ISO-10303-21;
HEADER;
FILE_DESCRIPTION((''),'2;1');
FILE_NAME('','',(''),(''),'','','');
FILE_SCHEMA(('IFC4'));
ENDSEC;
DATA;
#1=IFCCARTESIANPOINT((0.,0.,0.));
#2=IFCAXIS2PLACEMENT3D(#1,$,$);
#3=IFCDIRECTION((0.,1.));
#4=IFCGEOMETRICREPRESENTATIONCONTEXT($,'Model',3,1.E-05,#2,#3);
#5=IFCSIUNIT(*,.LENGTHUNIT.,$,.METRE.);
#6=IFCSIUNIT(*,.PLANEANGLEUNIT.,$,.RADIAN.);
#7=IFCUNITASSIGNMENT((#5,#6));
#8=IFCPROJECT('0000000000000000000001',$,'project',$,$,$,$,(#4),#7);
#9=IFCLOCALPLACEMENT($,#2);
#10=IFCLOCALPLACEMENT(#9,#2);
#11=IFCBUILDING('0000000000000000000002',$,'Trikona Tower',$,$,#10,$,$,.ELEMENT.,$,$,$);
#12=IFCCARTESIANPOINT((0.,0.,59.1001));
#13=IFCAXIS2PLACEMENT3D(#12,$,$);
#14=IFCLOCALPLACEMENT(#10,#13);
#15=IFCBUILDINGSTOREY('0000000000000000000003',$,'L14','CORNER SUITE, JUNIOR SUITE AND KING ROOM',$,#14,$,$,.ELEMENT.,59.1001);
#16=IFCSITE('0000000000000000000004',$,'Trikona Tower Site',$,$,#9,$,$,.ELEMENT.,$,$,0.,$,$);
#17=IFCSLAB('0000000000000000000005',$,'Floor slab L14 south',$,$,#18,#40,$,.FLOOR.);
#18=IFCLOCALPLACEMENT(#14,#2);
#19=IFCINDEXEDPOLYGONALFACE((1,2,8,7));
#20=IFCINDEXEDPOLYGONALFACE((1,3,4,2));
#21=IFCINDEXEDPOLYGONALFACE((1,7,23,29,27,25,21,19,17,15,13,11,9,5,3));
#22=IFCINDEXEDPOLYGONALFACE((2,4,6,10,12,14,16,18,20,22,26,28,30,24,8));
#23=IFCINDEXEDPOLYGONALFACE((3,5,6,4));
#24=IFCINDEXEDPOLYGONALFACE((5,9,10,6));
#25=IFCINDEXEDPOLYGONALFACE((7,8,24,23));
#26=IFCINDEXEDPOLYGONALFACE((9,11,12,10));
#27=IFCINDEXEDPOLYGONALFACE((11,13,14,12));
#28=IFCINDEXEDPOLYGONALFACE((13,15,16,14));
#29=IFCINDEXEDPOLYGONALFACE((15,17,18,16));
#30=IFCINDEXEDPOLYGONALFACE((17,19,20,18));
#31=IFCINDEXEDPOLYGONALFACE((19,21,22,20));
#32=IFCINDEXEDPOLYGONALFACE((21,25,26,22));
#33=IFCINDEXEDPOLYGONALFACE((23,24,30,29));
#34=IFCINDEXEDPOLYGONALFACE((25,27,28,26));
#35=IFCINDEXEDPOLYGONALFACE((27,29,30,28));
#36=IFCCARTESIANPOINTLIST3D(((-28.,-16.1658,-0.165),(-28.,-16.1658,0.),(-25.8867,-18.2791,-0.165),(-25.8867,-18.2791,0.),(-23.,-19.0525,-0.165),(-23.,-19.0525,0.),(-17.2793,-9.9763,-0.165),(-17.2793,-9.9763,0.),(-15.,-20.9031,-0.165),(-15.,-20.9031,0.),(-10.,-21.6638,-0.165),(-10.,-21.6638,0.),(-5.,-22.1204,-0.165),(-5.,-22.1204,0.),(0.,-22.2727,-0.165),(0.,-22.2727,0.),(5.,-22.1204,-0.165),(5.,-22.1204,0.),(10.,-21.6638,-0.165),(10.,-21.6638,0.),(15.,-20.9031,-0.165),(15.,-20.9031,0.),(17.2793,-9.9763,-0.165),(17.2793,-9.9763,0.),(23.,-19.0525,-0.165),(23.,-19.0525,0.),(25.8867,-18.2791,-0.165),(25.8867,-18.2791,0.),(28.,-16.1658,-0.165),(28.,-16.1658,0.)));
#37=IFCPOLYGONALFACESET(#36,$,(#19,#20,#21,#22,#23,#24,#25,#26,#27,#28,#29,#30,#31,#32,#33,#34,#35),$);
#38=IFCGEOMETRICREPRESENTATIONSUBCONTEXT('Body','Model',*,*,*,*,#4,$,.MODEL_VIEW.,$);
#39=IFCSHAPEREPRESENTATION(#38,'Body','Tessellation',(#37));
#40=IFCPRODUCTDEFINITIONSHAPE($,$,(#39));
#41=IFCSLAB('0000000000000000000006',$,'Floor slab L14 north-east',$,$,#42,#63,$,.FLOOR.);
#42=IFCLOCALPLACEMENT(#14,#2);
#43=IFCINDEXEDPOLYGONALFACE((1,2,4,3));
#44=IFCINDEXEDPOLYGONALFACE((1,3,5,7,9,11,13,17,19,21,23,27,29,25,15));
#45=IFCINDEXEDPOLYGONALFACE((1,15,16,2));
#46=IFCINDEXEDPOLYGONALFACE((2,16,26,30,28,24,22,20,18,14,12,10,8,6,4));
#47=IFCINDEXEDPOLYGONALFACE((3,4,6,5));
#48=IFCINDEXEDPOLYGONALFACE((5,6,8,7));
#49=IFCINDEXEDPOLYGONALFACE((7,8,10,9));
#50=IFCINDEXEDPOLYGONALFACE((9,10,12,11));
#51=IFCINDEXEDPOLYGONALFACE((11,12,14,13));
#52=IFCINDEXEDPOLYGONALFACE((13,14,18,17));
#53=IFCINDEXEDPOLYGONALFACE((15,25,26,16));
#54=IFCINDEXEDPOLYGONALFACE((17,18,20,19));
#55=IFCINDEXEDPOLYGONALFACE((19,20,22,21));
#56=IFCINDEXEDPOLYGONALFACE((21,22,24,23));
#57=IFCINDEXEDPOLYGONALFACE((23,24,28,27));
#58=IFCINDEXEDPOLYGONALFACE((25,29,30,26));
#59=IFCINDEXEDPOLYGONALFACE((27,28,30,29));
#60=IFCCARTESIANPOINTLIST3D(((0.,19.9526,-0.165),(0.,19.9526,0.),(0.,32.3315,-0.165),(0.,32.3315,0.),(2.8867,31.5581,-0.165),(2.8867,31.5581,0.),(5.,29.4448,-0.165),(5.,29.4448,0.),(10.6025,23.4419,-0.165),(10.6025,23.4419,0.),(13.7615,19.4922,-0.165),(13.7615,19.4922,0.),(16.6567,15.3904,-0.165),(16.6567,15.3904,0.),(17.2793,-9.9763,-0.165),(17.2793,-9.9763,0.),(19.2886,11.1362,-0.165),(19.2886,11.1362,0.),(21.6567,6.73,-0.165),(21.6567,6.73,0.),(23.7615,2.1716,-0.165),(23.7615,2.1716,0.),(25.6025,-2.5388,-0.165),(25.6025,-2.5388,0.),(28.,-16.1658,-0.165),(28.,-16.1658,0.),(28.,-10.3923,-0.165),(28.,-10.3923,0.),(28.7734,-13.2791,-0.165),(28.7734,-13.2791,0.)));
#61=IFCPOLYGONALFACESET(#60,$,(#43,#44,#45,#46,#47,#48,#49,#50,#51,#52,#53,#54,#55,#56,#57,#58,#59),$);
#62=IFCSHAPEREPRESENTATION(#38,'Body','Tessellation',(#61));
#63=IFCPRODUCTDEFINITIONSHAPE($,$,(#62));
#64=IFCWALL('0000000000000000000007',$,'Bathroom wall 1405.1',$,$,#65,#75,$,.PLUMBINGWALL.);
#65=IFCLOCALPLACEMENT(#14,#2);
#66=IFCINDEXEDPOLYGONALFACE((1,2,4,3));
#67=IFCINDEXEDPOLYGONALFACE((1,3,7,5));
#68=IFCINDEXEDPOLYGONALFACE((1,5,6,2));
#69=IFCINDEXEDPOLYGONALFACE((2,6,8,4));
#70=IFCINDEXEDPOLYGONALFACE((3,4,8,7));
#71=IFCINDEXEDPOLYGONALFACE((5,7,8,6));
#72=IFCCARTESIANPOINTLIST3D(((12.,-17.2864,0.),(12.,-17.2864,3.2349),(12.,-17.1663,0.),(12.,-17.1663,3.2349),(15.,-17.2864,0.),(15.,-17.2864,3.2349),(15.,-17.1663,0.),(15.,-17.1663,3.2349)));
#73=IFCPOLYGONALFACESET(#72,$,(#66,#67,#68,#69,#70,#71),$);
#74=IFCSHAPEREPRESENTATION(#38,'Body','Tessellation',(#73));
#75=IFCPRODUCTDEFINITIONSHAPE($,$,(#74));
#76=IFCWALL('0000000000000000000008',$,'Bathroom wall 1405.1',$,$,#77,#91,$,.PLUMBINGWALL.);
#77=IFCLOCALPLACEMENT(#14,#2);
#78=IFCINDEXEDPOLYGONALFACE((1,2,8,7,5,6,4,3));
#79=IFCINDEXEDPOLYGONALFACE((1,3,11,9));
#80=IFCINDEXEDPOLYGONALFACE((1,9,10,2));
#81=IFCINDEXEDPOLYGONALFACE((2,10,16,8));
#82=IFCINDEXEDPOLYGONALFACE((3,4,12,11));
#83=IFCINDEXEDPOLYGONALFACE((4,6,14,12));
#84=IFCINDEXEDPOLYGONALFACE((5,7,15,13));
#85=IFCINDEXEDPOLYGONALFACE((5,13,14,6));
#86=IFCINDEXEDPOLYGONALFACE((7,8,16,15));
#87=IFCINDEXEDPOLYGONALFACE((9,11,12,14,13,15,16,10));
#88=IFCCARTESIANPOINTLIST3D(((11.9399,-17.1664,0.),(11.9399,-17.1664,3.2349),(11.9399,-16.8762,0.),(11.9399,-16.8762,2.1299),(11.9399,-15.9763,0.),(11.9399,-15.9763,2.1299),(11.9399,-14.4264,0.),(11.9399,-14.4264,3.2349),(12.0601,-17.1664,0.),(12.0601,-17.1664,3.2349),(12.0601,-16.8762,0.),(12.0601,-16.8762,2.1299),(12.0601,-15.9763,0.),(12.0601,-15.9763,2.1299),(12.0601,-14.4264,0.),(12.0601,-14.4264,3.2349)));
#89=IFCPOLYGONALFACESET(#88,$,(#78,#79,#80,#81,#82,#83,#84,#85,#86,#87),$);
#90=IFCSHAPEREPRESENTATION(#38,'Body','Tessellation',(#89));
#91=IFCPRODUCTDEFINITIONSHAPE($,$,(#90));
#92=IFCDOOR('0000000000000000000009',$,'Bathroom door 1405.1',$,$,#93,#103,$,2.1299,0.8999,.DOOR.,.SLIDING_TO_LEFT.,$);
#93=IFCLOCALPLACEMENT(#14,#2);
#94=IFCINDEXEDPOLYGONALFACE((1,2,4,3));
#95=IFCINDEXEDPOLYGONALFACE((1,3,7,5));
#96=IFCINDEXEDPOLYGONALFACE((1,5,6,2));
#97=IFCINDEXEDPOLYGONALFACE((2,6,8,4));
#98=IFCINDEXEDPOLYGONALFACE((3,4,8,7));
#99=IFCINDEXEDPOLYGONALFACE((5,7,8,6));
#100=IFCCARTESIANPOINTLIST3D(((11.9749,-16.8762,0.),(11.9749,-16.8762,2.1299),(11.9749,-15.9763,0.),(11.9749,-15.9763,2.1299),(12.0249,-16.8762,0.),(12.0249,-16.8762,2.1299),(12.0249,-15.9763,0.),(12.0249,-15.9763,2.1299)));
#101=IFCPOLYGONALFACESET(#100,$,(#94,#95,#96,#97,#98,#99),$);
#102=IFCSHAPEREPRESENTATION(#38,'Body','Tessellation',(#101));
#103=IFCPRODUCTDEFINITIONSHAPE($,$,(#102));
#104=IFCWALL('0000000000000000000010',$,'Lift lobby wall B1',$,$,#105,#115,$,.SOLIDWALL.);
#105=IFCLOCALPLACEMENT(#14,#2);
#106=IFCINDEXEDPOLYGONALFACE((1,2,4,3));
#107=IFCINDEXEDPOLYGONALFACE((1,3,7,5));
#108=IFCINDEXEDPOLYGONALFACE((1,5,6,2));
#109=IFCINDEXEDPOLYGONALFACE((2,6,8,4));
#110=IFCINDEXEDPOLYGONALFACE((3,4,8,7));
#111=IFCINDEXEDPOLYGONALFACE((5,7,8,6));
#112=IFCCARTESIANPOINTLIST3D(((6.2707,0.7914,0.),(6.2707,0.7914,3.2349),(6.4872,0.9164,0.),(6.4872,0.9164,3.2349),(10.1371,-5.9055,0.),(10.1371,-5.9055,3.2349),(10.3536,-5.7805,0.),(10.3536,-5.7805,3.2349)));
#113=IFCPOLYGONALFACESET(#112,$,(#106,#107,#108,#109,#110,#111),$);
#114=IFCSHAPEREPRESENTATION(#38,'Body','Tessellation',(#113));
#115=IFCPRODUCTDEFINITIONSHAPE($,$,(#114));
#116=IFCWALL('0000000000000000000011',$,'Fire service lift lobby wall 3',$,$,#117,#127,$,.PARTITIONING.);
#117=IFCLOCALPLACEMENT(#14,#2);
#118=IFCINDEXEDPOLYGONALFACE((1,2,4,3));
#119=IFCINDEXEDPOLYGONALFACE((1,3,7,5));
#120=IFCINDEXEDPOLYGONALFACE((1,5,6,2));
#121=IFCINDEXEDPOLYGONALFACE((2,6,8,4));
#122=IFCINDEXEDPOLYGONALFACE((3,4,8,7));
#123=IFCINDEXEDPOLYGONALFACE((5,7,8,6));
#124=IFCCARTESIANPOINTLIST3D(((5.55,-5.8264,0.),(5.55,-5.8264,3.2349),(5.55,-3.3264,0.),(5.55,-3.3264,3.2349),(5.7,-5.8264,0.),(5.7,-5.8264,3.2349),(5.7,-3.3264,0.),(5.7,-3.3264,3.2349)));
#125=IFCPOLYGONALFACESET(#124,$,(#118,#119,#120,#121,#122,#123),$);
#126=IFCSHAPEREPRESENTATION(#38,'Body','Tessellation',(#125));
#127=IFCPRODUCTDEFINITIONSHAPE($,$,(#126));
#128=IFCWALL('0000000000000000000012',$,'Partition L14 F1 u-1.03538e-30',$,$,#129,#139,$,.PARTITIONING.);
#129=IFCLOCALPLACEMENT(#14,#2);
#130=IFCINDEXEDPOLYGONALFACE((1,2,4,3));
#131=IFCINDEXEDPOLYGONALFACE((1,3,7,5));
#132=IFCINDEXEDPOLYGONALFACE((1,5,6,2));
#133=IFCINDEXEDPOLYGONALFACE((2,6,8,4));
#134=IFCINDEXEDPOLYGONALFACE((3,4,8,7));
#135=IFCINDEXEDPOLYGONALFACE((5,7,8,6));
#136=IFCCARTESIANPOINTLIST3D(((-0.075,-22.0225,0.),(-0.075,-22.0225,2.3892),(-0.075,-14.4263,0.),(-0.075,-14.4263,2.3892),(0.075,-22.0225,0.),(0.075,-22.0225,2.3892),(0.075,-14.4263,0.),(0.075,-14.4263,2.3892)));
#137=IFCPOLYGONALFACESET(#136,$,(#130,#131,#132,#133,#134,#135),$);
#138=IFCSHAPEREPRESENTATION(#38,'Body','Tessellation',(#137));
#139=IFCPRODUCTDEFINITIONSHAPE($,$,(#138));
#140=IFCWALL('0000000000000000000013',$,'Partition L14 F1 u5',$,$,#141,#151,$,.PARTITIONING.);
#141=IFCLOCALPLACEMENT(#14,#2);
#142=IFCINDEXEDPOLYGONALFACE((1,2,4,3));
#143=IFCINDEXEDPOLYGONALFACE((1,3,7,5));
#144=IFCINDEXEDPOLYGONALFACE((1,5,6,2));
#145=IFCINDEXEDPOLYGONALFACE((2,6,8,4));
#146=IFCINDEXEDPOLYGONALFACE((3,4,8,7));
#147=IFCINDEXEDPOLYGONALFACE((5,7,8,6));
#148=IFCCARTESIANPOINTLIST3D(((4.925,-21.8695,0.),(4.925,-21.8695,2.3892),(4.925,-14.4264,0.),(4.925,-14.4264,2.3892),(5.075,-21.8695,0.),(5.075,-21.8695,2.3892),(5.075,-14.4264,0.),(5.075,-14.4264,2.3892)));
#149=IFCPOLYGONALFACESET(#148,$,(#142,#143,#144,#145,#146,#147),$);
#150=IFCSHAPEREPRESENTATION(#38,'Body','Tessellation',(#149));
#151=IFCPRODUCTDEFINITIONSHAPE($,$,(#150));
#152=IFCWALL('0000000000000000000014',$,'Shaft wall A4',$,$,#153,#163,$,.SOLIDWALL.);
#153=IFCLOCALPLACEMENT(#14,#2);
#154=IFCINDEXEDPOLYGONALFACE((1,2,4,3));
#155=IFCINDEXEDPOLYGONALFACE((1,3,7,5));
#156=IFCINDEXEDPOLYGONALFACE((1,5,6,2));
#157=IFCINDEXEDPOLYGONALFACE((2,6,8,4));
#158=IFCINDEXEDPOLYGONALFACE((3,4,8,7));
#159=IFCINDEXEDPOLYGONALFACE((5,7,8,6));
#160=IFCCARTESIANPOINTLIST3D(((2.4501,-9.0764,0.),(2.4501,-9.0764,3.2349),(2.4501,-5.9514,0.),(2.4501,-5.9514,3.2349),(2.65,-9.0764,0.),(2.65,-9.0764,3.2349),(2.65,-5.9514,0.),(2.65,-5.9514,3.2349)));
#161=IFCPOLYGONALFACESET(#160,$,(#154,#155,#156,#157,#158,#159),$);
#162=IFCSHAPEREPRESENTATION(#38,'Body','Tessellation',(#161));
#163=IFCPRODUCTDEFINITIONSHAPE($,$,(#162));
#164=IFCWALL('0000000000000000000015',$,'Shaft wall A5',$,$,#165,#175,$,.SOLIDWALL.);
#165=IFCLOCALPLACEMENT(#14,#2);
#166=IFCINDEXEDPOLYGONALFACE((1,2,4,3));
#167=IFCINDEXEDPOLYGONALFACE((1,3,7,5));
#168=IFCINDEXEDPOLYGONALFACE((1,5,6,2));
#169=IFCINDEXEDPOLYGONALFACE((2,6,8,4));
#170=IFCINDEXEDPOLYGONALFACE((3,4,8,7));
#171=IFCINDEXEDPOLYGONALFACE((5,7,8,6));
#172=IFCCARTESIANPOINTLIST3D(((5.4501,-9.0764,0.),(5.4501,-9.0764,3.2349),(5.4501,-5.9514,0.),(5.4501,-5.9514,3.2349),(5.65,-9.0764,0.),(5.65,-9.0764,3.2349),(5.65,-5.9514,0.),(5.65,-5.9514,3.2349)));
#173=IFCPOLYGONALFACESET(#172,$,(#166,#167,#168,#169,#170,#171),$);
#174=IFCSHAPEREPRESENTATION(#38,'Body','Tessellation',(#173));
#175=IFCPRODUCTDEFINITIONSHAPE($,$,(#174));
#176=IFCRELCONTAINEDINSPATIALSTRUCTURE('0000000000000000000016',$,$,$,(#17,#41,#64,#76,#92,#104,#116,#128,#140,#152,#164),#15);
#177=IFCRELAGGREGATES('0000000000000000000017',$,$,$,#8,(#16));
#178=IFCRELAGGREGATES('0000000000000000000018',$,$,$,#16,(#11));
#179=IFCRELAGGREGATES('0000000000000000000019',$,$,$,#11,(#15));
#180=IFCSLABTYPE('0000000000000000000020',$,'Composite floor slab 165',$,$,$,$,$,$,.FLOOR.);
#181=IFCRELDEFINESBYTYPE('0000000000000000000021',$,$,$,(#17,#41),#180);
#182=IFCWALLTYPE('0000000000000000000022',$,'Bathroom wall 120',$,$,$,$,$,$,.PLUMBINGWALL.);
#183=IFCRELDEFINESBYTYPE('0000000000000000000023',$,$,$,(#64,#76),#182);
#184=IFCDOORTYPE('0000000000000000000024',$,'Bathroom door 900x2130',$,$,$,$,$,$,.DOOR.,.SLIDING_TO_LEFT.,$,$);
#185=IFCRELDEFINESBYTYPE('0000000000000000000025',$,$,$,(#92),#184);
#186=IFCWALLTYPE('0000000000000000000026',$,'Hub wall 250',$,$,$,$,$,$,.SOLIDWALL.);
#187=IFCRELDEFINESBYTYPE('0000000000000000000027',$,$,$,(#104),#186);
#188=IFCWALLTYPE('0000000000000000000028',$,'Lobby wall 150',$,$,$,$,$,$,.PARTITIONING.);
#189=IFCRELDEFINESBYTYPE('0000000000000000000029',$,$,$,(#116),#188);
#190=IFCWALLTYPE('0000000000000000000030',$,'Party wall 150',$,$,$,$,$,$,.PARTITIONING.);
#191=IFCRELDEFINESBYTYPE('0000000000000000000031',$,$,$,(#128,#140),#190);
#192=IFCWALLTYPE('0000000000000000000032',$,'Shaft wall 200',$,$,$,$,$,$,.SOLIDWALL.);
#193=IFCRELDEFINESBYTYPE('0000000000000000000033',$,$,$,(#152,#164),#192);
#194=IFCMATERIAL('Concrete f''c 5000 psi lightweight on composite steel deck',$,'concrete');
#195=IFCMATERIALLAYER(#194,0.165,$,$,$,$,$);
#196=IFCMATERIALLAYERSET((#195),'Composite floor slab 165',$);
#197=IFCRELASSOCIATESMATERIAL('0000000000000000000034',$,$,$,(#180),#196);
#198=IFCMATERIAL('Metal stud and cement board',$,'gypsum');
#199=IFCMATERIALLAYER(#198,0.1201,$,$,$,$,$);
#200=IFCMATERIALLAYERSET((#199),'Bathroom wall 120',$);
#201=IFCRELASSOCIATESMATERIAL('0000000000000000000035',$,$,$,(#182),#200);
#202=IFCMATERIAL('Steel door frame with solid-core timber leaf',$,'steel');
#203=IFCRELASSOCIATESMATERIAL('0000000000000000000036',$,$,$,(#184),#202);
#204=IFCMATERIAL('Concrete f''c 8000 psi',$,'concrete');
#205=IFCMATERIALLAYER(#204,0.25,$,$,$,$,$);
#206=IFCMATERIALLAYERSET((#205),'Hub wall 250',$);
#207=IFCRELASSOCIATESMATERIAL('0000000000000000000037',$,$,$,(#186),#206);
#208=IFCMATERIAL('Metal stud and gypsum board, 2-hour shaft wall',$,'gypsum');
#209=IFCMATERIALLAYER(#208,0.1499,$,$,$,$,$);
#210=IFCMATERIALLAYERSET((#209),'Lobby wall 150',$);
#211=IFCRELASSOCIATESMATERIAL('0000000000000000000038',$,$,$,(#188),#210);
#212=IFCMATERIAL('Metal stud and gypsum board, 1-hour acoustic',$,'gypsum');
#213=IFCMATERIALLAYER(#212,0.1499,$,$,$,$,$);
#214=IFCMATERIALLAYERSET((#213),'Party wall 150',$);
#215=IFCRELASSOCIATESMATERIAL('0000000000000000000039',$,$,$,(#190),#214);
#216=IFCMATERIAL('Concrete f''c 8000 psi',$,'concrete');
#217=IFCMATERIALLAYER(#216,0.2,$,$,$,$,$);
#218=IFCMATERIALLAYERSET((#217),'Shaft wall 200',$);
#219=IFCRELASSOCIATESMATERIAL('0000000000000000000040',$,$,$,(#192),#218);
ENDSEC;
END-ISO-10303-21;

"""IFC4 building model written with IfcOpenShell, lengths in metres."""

from ifc_helpers import new_model, si_unit, direction, frame, frame_2d, origin, place, context, subcontext, project, spatial, polyline, rectangle, outline, extrude, material, layer, layer_set, type_object, element, fill, save


model = new_model("IFC4")

# Units and contexts
model_context = context("Model", 3, precision=1e-05, world=origin(), true_north=direction((0.0, 1.0)))
body_context = subcontext(model_context, "Body", "Model", "MODEL_VIEW")
ifc_project = project(units=[si_unit("LENGTHUNIT", "METRE"), si_unit("PLANEANGLEUNIT", "RADIAN")], contexts=[model_context])

# Site, building, storey
site_placement = place(None, origin())
site = spatial("IfcSite", under=ifc_project, at=site_placement, Name="Trikona Tower Site", CompositionType="ELEMENT", RefElevation=0.0)
building_placement = place(site_placement, origin())
building = spatial("IfcBuilding", under=site, at=building_placement, Name="Trikona Tower", CompositionType="ELEMENT")
storey_placement = place(building_placement, frame((0.0, 0.0, 59.1001)))
storey = spatial("IfcBuildingStorey", under=building, at=storey_placement, Name="L14", Description="CORNER SUITE, JUNIOR SUITE AND KING ROOM", CompositionType="ELEMENT", Elevation=59.1001)

# Slabs
ifc_material_1 = material(Name="Concrete f'c 5000 psi lightweight on composite steel deck", Category="concrete")
ifc_layer_1 = layer(ifc_material_1, 0.165)
ifc_layer_set_1 = layer_set([ifc_layer_1], Name="Composite floor slab 165")
slab_type = type_object("IfcSlabType", Name="Composite floor slab 165", PredefinedType="FLOOR", material=ifc_layer_set_1)
slab_1_placement = place(storey_placement, frame((0.0, 0.0, -0.165)))
element("IfcSlab", 1, at=slab_1_placement, inside=storey, type_object=slab_type, Name="Floor slab L14 south", PredefinedType="FLOOR", context=body_context, shape_type="SweptSolid", body=[
    extrude(outline(polyline([(25.8867, -18.2791), (28.0, -16.1658), (17.2793, -9.9763), (-17.2793, -9.9763), (-28.0, -16.1658), (-25.8867, -18.2791), (-23.0, -19.0525), (-15.0, -20.9031), (-10.0, -21.6638), (-5.0, -22.1204), (0.0, -22.2727), (5.0, -22.1204), (10.0, -21.6638), (15.0, -20.9031), (23.0, -19.0525), (25.8867, -18.2791)])), origin(), (0.0, 0.0, 1.0), 0.165),
])
slab_2_placement = place(storey_placement, frame((0.0, 0.0, -0.165)))
element("IfcSlab", 2, at=slab_2_placement, inside=storey, type_object=slab_type, Name="Floor slab L14 north-east", PredefinedType="FLOOR", context=body_context, shape_type="SweptSolid", body=[
    extrude(outline(polyline([(2.8867, 31.5581), (0.0, 32.3315), (0.0, 19.9526), (17.2793, -9.9763), (28.0, -16.1658), (28.7734, -13.2791), (28.0, -10.3923), (25.6025, -2.5388), (23.7615, 2.1716), (21.6567, 6.73), (19.2886, 11.1362), (16.6567, 15.3904), (13.7615, 19.4922), (10.6025, 23.4419), (5.0, 29.4448), (2.8867, 31.5581)])), origin(), (0.0, 0.0, 1.0), 0.165),
])

# Wall
ifc_material_2 = material(Name="Metal stud and cement board", Category="gypsum")
ifc_layer_2 = layer(ifc_material_2, 0.1201)
ifc_layer_set_2 = layer_set([ifc_layer_2], Name="Bathroom wall 120")
wall_type_1 = type_object("IfcWallType", Name="Bathroom wall 120", PredefinedType="PLUMBINGWALL", material=ifc_layer_set_2)
wall_1_placement = place(storey_placement, frame((12.0, -17.2263, 0.0), z_axis=(0.0, 0.0, 1.0), x_axis=(1.0, 0.0, 0.0)))
element("IfcWall", 3, at=wall_1_placement, inside=storey, type_object=wall_type_1, Name="Bathroom wall 1405.1", PredefinedType="PLUMBINGWALL", context=body_context, shape_type="SweptSolid", body=[
    extrude(rectangle(XDim=3.0, YDim=0.1201, at=frame_2d((1.5, 0.0))), origin(), (0.0, 0.0, 1.0), 3.2349),
])

# Wall, opening, door
wall_2_placement = place(storey_placement, frame((12.0, -14.4263, 0.0), z_axis=(0.0, 0.0, 1.0), x_axis=(0.0, -1.0, 0.0)))
wall_2 = element("IfcWall", 4, at=wall_2_placement, inside=storey, type_object=wall_type_1, Name="Bathroom wall 1405.1", PredefinedType="PLUMBINGWALL", context=body_context, shape_type="SweptSolid", body=[
    extrude(rectangle(XDim=2.74, YDim=0.1201, at=frame_2d((1.3701, 0.0))), origin(), (0.0, 0.0, 1.0), 3.2349),
])
opening_1_placement = place(wall_2_placement, frame((1.55, 0.0, 0.0)))
opening_1 = element("IfcOpeningElement", 5, at=opening_1_placement, cuts=wall_2, PredefinedType="OPENING", context=body_context, shape_type="SweptSolid", body=[
    extrude(rectangle(XDim=0.8999, YDim=2.1299, at=frame_2d((0.45, 1.0649))), frame((0.0, 0.0701, 0.0), z_axis=(0.0, -1.0, 0.0), x_axis=(1.0, 0.0, 0.0)), (0.0, 0.0, 1.0), 0.1401),
])
ifc_material_3 = material(Name="Steel door frame with solid-core timber leaf", Category="steel")
door_type_1 = type_object("IfcDoorType", Name="Bathroom door 900x2130", OperationType="SLIDING_TO_LEFT", PredefinedType="DOOR", material=ifc_material_3)
door_1_placement = place(opening_1_placement, origin())
door_1 = element("IfcDoor", 6, at=door_1_placement, inside=storey, type_object=door_type_1, Name="Bathroom door 1405.1", OperationType="SLIDING_TO_LEFT", OverallHeight=2.1299, OverallWidth=0.8999, PredefinedType="DOOR", context=body_context, shape_type="SweptSolid", body=[
    extrude(rectangle(XDim=0.8999, YDim=2.1299, at=frame_2d((0.45, 1.0649))), frame((0.0, 0.0249, 0.0), z_axis=(0.0, -1.0, 0.0), x_axis=(1.0, 0.0, 0.0)), (0.0, 0.0, 1.0), 0.05),
])
fill(opening_1, door_1)

# Walls
ifc_material_4 = material(Name="Concrete f'c 8000 psi", Category="concrete")
ifc_layer_3 = layer(ifc_material_4, 0.25)
ifc_layer_set_3 = layer_set([ifc_layer_3], Name="Hub wall 250")
wall_type_2 = type_object("IfcWallType", Name="Hub wall 250", PredefinedType="SOLIDWALL", material=ifc_layer_set_3)
wall_3_placement = place(storey_placement, frame((10.2454, -5.843, 0.0), z_axis=(0.0, 0.0, 1.0), x_axis=(-0.499993, 0.866029, 0.0)))
element("IfcWall", 7, at=wall_3_placement, inside=storey, type_object=wall_type_2, Name="Lift lobby wall B1", PredefinedType="SOLIDWALL", context=body_context, shape_type="SweptSolid", body=[
    extrude(rectangle(XDim=7.7329, YDim=0.25, at=frame_2d((3.8665, 0.0))), origin(), (0.0, 0.0, 1.0), 3.2349),
])
ifc_material_5 = material(Name="Metal stud and gypsum board, 2-hour shaft wall", Category="gypsum")
ifc_layer_4 = layer(ifc_material_5, 0.1499)
ifc_layer_set_4 = layer_set([ifc_layer_4], Name="Lobby wall 150")
wall_type_3 = type_object("IfcWallType", Name="Lobby wall 150", PredefinedType="PARTITIONING", material=ifc_layer_set_4)
wall_4_placement = place(storey_placement, frame((5.625, -5.8264, 0.0), z_axis=(0.0, 0.0, 1.0), x_axis=(0.0, 1.0, 0.0)))
element("IfcWall", 8, at=wall_4_placement, inside=storey, type_object=wall_type_3, Name="Fire service lift lobby wall 3", PredefinedType="PARTITIONING", context=body_context, shape_type="SweptSolid", body=[
    extrude(rectangle(XDim=2.5, YDim=0.1499, at=frame_2d((1.25, 0.0))), origin(), (0.0, 0.0, 1.0), 3.2349),
])
ifc_material_6 = material(Name="Metal stud and gypsum board, 1-hour acoustic", Category="gypsum")
ifc_layer_5 = layer(ifc_material_6, 0.1499)
ifc_layer_set_5 = layer_set([ifc_layer_5], Name="Party wall 150")
wall_type_4 = type_object("IfcWallType", Name="Party wall 150", PredefinedType="PARTITIONING", material=ifc_layer_set_5)
wall_5_placement = place(storey_placement, frame((0.0, -14.4263, 0.0), z_axis=(0.0, 0.0, 1.0), x_axis=(0.0, -1.0, 0.0)))
element("IfcWall", 9, at=wall_5_placement, inside=storey, type_object=wall_type_4, Name="Partition L14 F1 u-1.03538e-30", PredefinedType="PARTITIONING", context=body_context, shape_type="SweptSolid", body=[
    extrude(rectangle(XDim=7.5962, YDim=0.1499, at=frame_2d((3.7981, 0.0))), origin(), (0.0, 0.0, 1.0), 2.3892),
])
wall_6_placement = place(storey_placement, frame((5.0, -14.4263, 0.0), z_axis=(0.0, 0.0, 1.0), x_axis=(0.0, -1.0, 0.0)))
element("IfcWall", 10, at=wall_6_placement, inside=storey, type_object=wall_type_4, Name="Partition L14 F1 u5", PredefinedType="PARTITIONING", context=body_context, shape_type="SweptSolid", body=[
    extrude(rectangle(XDim=7.4431, YDim=0.1499, at=frame_2d((3.7217, 0.0))), origin(), (0.0, 0.0, 1.0), 2.3892),
])
ifc_material_7 = material(Name="Concrete f'c 8000 psi", Category="concrete")
ifc_layer_6 = layer(ifc_material_7, 0.2)
ifc_layer_set_6 = layer_set([ifc_layer_6], Name="Shaft wall 200")
wall_type_5 = type_object("IfcWallType", Name="Shaft wall 200", PredefinedType="SOLIDWALL", material=ifc_layer_set_6)
for number, where, z_axis, x_axis, name in (
    (11, (2.55, -5.9514, 0.0), (0.0, 0.0, 1.0), (0.0, -1.0, 0.0), "Shaft wall A4"),
    (12, (5.55, -5.9514, 0.0), (0.0, 0.0, 1.0), (0.0, -1.0, 0.0), "Shaft wall A5"),
):
    element("IfcWall", number, at=place(storey_placement, frame(where, z_axis=z_axis, x_axis=x_axis)), inside=storey, type_object=wall_type_5, Name=name, PredefinedType="SOLIDWALL", context=body_context, shape_type="SweptSolid", body=[
        extrude(rectangle(XDim=3.125, YDim=0.2, at=frame_2d((1.5625, 0.0))), origin(), (0.0, 0.0, 1.0), 3.2349),
    ])

save(model, "model.ifc")
